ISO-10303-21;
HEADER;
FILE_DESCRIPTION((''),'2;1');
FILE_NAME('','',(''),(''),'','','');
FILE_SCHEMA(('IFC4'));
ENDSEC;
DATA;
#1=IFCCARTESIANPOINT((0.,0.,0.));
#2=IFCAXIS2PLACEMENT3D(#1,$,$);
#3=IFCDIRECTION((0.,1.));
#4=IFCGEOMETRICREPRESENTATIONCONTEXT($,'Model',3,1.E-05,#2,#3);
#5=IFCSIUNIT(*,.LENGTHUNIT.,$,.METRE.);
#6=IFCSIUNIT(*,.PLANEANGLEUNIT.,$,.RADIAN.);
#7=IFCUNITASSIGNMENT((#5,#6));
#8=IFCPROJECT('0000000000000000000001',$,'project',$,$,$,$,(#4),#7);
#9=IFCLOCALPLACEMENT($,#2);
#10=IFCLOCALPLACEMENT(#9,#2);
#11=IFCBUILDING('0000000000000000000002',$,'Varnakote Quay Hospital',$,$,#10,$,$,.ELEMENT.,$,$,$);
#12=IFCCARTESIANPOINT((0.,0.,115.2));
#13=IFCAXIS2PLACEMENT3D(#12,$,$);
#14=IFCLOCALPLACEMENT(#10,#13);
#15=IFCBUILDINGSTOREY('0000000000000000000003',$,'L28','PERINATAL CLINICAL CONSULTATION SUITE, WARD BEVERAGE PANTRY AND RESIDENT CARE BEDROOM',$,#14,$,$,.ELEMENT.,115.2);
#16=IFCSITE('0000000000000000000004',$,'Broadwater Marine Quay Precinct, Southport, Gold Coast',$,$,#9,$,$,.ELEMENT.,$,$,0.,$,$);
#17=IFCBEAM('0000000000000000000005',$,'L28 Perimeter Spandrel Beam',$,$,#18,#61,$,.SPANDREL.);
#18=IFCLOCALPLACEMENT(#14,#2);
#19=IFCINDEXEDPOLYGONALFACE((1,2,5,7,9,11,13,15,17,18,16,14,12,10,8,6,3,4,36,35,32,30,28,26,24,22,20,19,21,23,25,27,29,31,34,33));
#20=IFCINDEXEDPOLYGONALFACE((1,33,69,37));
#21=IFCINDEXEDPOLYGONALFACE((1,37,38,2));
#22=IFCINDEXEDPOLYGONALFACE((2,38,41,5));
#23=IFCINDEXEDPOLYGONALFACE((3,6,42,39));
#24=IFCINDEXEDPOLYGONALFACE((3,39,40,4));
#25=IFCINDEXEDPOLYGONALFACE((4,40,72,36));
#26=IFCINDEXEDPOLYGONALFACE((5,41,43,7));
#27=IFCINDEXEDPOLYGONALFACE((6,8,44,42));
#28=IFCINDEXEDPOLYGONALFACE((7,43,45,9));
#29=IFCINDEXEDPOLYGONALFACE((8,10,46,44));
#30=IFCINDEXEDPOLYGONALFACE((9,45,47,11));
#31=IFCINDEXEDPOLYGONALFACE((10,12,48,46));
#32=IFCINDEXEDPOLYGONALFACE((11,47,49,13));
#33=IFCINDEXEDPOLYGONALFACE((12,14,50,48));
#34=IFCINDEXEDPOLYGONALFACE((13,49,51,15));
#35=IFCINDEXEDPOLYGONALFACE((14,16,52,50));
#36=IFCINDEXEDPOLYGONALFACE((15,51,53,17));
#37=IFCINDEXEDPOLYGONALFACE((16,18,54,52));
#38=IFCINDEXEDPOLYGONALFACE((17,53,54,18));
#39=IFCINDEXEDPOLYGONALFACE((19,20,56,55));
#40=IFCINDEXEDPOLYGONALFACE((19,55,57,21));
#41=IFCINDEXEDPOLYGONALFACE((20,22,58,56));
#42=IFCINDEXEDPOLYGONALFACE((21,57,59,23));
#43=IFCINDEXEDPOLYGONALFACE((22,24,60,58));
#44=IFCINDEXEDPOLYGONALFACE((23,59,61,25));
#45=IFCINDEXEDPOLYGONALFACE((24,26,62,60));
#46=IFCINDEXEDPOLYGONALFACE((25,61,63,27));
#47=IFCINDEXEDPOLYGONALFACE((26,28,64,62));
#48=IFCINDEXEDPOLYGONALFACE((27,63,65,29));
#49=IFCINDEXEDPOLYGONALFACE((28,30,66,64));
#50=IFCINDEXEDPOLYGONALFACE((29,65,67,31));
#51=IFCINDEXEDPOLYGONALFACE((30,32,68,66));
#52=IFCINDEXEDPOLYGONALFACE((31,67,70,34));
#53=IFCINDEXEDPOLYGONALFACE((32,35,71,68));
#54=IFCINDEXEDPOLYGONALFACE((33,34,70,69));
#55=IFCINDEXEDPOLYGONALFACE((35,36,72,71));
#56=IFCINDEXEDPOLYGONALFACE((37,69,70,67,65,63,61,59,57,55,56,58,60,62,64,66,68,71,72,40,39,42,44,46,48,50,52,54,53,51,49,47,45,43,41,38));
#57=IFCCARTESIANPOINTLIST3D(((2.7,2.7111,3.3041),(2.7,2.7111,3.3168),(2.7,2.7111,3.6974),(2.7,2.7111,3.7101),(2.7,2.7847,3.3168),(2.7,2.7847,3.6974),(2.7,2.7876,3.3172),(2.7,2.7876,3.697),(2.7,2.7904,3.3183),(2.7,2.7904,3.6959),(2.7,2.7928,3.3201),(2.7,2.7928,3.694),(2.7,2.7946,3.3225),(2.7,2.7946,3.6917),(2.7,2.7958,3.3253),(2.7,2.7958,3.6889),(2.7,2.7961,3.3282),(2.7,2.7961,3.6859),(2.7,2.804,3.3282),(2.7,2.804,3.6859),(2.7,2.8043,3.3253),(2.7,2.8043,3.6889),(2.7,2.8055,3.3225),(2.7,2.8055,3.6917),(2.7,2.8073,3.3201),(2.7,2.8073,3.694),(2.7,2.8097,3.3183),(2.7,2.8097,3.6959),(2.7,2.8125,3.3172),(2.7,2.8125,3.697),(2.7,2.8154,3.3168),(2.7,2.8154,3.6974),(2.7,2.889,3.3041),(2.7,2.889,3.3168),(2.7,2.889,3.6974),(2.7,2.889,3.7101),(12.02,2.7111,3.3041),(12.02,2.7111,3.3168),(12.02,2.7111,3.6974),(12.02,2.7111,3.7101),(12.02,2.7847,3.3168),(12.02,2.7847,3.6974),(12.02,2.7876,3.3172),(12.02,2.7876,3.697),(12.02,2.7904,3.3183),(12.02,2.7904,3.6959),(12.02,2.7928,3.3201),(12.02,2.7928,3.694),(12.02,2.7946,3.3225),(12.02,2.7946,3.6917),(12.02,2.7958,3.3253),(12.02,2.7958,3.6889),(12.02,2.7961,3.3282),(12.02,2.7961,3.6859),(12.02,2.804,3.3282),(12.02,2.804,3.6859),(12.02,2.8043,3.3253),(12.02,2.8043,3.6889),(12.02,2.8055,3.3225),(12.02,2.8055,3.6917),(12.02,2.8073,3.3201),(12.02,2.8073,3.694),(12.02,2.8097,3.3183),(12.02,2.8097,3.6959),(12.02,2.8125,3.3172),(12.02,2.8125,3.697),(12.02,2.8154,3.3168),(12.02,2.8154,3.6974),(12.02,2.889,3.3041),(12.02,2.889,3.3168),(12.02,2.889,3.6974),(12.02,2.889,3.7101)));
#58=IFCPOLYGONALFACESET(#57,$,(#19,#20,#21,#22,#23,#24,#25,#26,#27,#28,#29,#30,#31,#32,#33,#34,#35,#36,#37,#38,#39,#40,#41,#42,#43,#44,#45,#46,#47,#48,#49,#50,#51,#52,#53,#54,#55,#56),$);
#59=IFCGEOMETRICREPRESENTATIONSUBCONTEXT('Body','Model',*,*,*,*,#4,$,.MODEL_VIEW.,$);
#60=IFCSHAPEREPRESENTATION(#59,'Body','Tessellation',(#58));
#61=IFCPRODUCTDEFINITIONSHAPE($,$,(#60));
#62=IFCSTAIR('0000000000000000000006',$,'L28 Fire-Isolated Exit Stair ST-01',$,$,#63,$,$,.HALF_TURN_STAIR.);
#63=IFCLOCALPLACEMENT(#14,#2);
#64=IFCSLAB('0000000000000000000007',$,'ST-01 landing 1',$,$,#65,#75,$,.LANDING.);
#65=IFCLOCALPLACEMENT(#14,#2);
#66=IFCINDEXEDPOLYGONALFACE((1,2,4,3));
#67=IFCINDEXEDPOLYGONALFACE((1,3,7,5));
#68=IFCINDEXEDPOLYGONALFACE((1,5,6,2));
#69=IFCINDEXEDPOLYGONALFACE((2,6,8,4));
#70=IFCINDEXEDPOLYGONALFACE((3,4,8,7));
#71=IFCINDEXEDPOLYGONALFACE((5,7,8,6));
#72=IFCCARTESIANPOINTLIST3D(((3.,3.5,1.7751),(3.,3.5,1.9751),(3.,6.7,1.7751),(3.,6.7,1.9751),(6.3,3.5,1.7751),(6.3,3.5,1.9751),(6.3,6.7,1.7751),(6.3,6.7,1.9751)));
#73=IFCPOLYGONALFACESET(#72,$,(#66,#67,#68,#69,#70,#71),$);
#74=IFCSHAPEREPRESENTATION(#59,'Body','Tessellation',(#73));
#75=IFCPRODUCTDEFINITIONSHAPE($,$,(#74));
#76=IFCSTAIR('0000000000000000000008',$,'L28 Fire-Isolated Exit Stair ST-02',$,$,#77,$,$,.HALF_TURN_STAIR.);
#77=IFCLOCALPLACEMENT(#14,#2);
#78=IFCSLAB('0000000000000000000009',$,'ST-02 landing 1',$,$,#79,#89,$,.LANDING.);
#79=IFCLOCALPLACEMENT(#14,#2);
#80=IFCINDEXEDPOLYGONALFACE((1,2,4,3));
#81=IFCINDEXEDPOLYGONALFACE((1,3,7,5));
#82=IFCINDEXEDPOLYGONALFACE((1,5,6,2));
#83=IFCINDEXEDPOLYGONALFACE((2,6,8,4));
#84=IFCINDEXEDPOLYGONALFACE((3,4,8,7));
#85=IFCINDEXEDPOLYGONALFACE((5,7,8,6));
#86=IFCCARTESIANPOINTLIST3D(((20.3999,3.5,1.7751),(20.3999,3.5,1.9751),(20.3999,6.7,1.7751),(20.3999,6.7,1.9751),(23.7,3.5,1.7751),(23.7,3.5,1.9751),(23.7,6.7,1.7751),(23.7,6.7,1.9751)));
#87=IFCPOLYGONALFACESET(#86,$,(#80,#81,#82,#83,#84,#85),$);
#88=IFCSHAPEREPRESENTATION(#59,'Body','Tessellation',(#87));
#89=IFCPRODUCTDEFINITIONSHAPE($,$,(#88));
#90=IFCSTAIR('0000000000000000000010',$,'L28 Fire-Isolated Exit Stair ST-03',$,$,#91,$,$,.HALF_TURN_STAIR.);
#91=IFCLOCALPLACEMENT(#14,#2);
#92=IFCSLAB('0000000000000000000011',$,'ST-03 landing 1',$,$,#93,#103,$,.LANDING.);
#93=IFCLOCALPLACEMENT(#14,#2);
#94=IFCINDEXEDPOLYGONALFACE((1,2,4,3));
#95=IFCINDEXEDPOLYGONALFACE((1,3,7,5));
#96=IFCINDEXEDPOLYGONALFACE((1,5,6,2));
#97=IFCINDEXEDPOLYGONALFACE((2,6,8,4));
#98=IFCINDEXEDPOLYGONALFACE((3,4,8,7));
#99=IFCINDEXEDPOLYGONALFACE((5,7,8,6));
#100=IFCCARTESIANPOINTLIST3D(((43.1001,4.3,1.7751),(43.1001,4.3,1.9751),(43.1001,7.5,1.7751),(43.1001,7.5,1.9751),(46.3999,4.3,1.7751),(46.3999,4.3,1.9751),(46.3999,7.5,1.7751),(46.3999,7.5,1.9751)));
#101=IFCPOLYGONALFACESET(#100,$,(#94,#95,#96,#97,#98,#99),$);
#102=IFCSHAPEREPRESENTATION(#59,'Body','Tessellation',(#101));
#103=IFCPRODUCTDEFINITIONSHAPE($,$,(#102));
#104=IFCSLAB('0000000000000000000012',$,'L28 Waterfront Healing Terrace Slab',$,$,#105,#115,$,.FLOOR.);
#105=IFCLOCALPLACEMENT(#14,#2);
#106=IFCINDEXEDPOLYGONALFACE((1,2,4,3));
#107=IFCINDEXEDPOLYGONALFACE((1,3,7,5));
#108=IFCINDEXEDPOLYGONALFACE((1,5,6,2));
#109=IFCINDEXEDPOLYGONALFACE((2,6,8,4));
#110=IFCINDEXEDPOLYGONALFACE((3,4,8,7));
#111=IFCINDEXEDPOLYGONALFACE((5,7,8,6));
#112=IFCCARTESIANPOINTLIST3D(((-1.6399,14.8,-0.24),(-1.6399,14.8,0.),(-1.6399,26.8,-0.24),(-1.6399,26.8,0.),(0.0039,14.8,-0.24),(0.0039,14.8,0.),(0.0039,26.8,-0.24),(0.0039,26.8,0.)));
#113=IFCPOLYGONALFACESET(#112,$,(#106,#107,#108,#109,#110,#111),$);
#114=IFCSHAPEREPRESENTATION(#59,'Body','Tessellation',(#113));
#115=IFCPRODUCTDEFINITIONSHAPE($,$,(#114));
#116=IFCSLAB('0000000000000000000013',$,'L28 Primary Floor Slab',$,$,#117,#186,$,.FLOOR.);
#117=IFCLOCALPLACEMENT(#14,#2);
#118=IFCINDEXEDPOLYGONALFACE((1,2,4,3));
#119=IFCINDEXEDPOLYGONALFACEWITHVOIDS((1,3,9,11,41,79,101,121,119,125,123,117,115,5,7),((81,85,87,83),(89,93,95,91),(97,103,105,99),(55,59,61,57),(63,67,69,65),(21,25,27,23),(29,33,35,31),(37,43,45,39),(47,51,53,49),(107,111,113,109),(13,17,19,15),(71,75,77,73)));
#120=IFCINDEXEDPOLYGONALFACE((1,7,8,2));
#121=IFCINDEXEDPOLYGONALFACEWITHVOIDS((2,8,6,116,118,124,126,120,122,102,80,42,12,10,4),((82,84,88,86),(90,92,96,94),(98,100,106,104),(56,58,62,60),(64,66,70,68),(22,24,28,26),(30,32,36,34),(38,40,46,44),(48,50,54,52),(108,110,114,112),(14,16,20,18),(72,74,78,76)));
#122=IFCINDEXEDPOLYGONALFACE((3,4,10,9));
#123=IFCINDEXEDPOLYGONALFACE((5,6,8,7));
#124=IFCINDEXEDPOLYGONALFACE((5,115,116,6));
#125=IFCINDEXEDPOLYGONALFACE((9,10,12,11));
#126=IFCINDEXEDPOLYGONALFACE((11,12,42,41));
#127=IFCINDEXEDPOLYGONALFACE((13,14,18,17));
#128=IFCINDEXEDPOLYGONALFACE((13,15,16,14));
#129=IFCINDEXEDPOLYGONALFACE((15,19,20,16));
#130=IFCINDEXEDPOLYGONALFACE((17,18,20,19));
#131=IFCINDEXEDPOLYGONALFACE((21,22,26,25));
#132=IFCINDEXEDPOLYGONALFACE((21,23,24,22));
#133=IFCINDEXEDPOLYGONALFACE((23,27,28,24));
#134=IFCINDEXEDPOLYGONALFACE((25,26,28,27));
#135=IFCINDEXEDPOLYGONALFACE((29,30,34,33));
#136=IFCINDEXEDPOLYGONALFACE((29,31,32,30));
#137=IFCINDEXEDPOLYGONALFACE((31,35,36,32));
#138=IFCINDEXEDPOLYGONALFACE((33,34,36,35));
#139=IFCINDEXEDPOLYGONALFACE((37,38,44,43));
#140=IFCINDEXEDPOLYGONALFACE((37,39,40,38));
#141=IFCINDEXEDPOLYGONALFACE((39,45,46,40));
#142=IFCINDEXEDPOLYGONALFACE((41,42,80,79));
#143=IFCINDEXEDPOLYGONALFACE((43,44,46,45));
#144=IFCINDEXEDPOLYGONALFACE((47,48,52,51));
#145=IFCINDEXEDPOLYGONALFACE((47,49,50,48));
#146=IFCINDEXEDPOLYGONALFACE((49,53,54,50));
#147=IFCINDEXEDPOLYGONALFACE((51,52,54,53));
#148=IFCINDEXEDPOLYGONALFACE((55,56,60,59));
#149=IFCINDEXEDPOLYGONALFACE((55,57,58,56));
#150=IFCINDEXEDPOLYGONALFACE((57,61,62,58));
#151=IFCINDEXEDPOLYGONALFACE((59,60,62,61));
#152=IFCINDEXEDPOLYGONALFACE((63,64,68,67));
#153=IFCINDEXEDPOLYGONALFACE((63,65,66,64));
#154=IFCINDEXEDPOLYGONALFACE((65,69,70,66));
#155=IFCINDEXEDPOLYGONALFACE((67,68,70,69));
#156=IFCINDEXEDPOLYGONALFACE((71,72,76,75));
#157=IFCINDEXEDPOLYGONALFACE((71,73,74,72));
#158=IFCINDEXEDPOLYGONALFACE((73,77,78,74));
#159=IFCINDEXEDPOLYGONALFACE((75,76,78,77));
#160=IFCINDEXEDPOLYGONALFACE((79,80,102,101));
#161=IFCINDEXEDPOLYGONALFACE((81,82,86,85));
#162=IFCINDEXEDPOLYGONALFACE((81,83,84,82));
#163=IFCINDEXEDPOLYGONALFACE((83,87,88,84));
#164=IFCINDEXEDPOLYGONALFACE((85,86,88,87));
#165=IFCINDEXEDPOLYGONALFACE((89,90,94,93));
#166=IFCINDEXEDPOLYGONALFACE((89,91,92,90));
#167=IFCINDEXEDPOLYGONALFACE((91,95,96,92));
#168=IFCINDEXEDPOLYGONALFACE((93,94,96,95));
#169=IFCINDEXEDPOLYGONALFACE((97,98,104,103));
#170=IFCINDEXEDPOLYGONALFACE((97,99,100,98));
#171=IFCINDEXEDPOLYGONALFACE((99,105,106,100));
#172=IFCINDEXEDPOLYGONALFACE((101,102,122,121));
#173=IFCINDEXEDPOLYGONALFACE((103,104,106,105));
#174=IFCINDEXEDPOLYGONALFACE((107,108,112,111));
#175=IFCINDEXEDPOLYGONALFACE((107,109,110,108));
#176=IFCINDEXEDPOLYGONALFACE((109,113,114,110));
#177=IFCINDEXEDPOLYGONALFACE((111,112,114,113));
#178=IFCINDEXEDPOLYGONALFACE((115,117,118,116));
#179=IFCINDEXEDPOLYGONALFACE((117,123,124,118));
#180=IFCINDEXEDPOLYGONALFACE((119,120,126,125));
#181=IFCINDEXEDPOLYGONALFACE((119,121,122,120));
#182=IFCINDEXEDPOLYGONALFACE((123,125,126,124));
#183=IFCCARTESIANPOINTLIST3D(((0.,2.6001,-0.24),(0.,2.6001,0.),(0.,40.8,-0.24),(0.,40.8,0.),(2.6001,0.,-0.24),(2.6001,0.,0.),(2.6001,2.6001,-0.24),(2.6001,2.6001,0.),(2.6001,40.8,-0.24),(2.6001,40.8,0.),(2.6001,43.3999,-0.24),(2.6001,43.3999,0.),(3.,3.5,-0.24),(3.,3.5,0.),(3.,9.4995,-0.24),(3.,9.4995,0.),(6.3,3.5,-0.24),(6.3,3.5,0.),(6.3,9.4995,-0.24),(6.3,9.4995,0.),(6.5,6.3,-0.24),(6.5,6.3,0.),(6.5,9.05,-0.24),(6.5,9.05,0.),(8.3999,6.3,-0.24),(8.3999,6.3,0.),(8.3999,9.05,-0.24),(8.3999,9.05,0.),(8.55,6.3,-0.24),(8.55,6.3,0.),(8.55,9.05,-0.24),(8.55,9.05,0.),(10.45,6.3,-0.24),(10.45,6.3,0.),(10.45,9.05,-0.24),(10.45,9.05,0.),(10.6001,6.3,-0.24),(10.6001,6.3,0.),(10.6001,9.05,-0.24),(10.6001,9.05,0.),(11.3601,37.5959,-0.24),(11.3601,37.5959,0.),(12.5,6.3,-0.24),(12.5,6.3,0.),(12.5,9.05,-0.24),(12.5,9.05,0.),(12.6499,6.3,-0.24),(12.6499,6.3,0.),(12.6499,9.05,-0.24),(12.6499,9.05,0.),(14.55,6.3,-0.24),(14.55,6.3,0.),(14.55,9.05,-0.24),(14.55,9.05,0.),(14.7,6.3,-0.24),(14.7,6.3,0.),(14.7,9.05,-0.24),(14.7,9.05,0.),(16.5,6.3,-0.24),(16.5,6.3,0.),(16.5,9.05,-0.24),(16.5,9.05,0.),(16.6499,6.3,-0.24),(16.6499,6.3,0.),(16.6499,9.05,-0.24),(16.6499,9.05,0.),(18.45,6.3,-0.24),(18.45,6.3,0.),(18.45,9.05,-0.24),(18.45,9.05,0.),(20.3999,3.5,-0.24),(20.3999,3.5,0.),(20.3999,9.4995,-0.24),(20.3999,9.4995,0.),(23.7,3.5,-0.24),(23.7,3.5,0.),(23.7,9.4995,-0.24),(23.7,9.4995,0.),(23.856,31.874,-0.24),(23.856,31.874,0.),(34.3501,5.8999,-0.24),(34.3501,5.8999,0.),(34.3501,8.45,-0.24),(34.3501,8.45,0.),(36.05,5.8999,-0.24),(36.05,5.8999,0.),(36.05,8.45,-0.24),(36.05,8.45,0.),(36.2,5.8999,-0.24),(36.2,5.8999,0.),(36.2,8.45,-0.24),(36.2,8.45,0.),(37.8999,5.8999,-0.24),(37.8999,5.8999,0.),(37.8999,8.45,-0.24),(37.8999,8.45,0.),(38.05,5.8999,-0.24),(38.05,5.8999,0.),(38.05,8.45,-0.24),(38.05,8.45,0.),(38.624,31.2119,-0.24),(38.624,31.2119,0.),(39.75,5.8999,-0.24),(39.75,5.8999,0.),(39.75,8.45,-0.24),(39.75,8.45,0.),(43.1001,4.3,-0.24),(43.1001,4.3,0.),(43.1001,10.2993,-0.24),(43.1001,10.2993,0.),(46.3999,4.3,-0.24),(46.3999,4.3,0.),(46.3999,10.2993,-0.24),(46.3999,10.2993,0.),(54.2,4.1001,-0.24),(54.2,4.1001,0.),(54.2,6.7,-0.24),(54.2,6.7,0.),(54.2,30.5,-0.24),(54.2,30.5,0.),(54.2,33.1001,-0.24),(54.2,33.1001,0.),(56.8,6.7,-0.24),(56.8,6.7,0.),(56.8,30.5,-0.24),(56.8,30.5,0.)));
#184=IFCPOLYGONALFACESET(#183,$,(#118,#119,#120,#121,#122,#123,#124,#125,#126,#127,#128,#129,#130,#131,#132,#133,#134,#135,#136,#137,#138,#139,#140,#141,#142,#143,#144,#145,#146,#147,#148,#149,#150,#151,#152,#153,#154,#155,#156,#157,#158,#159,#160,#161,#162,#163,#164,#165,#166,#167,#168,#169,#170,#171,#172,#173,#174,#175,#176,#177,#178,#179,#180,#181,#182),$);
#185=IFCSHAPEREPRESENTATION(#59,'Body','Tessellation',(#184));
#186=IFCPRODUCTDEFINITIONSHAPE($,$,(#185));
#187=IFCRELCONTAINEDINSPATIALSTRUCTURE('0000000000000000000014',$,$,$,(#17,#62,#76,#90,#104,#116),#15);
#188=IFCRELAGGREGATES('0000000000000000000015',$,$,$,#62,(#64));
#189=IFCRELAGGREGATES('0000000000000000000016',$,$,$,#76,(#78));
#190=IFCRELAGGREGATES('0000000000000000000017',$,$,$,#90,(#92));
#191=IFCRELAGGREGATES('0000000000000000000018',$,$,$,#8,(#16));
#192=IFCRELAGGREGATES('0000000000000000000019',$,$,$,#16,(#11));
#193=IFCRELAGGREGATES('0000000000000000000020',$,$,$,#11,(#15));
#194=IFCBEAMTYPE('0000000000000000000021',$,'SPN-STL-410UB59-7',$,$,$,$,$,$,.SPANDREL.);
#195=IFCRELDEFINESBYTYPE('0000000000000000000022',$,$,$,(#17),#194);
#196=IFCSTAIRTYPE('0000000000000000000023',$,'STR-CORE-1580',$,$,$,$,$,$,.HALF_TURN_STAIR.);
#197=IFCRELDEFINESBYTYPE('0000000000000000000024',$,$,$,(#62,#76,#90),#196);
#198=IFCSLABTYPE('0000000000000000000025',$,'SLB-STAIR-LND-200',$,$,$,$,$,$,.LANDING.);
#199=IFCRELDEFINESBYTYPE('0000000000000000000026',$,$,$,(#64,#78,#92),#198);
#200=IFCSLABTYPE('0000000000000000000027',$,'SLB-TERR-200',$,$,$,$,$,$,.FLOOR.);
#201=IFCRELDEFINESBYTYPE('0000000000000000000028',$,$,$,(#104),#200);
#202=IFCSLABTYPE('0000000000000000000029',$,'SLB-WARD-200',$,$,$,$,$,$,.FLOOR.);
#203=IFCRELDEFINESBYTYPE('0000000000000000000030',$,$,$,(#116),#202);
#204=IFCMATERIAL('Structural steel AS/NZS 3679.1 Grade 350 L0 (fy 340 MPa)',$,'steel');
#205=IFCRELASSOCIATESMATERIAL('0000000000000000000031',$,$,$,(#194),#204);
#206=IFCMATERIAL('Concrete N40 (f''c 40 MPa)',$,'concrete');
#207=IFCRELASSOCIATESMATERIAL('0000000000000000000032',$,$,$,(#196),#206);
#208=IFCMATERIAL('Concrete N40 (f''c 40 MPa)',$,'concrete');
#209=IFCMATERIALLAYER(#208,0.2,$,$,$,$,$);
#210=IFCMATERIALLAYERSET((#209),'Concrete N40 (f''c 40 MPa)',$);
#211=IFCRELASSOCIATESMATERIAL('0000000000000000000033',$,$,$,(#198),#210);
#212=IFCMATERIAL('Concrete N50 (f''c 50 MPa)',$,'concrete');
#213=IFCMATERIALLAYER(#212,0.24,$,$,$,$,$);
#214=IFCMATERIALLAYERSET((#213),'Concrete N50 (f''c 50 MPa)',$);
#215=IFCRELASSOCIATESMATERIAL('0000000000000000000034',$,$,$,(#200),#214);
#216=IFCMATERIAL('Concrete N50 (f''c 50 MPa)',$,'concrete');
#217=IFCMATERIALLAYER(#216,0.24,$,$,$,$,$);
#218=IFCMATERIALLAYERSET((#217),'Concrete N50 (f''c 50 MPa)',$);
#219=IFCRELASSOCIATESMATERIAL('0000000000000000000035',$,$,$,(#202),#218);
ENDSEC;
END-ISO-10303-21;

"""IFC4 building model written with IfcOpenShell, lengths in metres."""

from ifc_helpers import new_model, si_unit, direction, frame, origin, origin_2d, place, context, subcontext, project, spatial, polyline, i_section, outline, extrude, material, layer, layer_set, material_profile, profile_set, type_object, element, aggregate, save


model = new_model("IFC4")

# Units and contexts
model_context = context("Model", 3, precision=1e-05, world=origin(), true_north=direction((0.0, 1.0)))
body_context = subcontext(model_context, "Body", "Model", "MODEL_VIEW")
ifc_project = project(units=[si_unit("LENGTHUNIT", "METRE"), si_unit("PLANEANGLEUNIT", "RADIAN")], contexts=[model_context])

# Site, building, storey
site_placement = place(None, origin())
site = spatial("IfcSite", under=ifc_project, at=site_placement, Name="Broadwater Marine Quay Precinct, Southport, Gold Coast", CompositionType="ELEMENT", RefElevation=0.0)
building_placement = place(site_placement, origin())
building = spatial("IfcBuilding", under=site, at=building_placement, Name="Varnakote Quay Hospital", CompositionType="ELEMENT")
storey_placement = place(building_placement, frame((0.0, 0.0, 115.2)))
storey = spatial("IfcBuildingStorey", under=building, at=storey_placement, Name="L28", Description="PERINATAL CLINICAL CONSULTATION SUITE, WARD BEVERAGE PANTRY AND RESIDENT CARE BEDROOM", CompositionType="ELEMENT", Elevation=115.2)

# Beam
ifc_material_1 = material(Name="Structural steel AS/NZS 3679.1 Grade 350 L0 (fy 340 MPa)", Category="steel")
ifc_material_profile_1 = material_profile(ifc_material_1, i_section(OverallWidth=0.178, OverallDepth=0.406, WebThickness=0.0078, FlangeThickness=0.0127, FilletRadius=0.0115, at=origin_2d()), Name="410UB59.7")
ifc_profile_set_1 = profile_set([ifc_material_profile_1], Name="Structural steel AS/NZS 3679.1 Grade 350 L0 (fy 340 MPa)")
beam_type_1 = type_object("IfcBeamType", Name="SPN-STL-410UB59-7", PredefinedType="SPANDREL", material=ifc_profile_set_1)
beam_1_placement = place(storey_placement, frame((2.7, 2.8, 3.5071), z_axis=(1.0, 0.0, 0.0), x_axis=(0.0, 1.0, 0.0)))
element("IfcBeam", 1, at=beam_1_placement, inside=storey, type_object=beam_type_1, Name="L28 Perimeter Spandrel Beam", PredefinedType="SPANDREL", context=body_context, shape_type="SweptSolid", body=[
    extrude(i_section(OverallWidth=0.178, OverallDepth=0.406, WebThickness=0.0078, FlangeThickness=0.0127, FilletRadius=0.0115, at=origin_2d()), origin(), (0.0, 0.0, 1.0), 9.3201),
])

# Stairs, slabs
ifc_material_2 = material(Name="Concrete N40 (f'c 40 MPa)", Category="concrete")
stair_type = type_object("IfcStairType", Name="STR-CORE-1580", PredefinedType="HALF_TURN_STAIR", material=ifc_material_2)
stair_1_placement = place(storey_placement, origin())
stair_1 = element("IfcStair", 2, at=stair_1_placement, inside=storey, type_object=stair_type, Name="L28 Fire-Isolated Exit Stair ST-01", PredefinedType="HALF_TURN_STAIR")
ifc_material_3 = material(Name="Concrete N40 (f'c 40 MPa)", Category="concrete")
ifc_layer_1 = layer(ifc_material_3, 0.2)
ifc_layer_set_1 = layer_set([ifc_layer_1], Name="Concrete N40 (f'c 40 MPa)")
slab_type_1 = type_object("IfcSlabType", Name="SLB-STAIR-LND-200", PredefinedType="LANDING", material=ifc_layer_set_1)
slab_1_placement = place(storey_placement, frame((0.0, 0.0, 1.7751)))
slab_1 = element("IfcSlab", 3, at=slab_1_placement, type_object=slab_type_1, Name="ST-01 landing 1", PredefinedType="LANDING", context=body_context, shape_type="SweptSolid", body=[
    extrude(outline(polyline([(3.0, 6.7), (3.0, 3.5), (6.3, 3.5), (6.3, 6.7), (3.0, 6.7)])), origin(), (0.0, 0.0, 1.0), 0.2),
])
aggregate(stair_1, [slab_1])
stair_2_placement = place(storey_placement, origin())
stair_2 = element("IfcStair", 4, at=stair_2_placement, inside=storey, type_object=stair_type, Name="L28 Fire-Isolated Exit Stair ST-02", PredefinedType="HALF_TURN_STAIR")
slab_2_placement = place(storey_placement, frame((0.0, 0.0, 1.7751)))
slab_2 = element("IfcSlab", 5, at=slab_2_placement, type_object=slab_type_1, Name="ST-02 landing 1", PredefinedType="LANDING", context=body_context, shape_type="SweptSolid", body=[
    extrude(outline(polyline([(20.3999, 6.7), (20.3999, 3.5), (23.7, 3.5), (23.7, 6.7), (20.3999, 6.7)])), origin(), (0.0, 0.0, 1.0), 0.2),
])
aggregate(stair_2, [slab_2])
stair_3_placement = place(storey_placement, origin())
stair_3 = element("IfcStair", 6, at=stair_3_placement, inside=storey, type_object=stair_type, Name="L28 Fire-Isolated Exit Stair ST-03", PredefinedType="HALF_TURN_STAIR")
slab_3_placement = place(storey_placement, frame((0.0, 0.0, 1.7751)))
slab_3 = element("IfcSlab", 7, at=slab_3_placement, type_object=slab_type_1, Name="ST-03 landing 1", PredefinedType="LANDING", context=body_context, shape_type="SweptSolid", body=[
    extrude(outline(polyline([(43.1001, 7.5), (43.1001, 4.3), (46.3999, 4.3), (46.3999, 7.5), (43.1001, 7.5)])), origin(), (0.0, 0.0, 1.0), 0.2),
])
aggregate(stair_3, [slab_3])

# Slabs
ifc_material_4 = material(Name="Concrete N50 (f'c 50 MPa)", Category="concrete")
ifc_layer_2 = layer(ifc_material_4, 0.24)
ifc_layer_set_2 = layer_set([ifc_layer_2], Name="Concrete N50 (f'c 50 MPa)")
slab_type_2 = type_object("IfcSlabType", Name="SLB-TERR-200", PredefinedType="FLOOR", material=ifc_layer_set_2)
slab_4_placement = place(storey_placement, frame((0.0, 0.0, -0.24)))
element("IfcSlab", 8, at=slab_4_placement, inside=storey, type_object=slab_type_2, Name="L28 Waterfront Healing Terrace Slab", PredefinedType="FLOOR", context=body_context, shape_type="SweptSolid", body=[
    extrude(outline(polyline([(0.0039, 14.8), (0.0039, 26.8), (-1.6399, 26.8), (-1.6399, 14.8), (0.0039, 14.8)])), origin(), (0.0, 0.0, 1.0), 0.24),
])
ifc_material_5 = material(Name="Concrete N50 (f'c 50 MPa)", Category="concrete")
ifc_layer_3 = layer(ifc_material_5, 0.24)
ifc_layer_set_3 = layer_set([ifc_layer_3], Name="Concrete N50 (f'c 50 MPa)")
slab_type_3 = type_object("IfcSlabType", Name="SLB-WARD-200", PredefinedType="FLOOR", material=ifc_layer_set_3)
slab_5_placement = place(storey_placement, frame((0.0, 0.0, -0.24)))
element("IfcSlab", 9, at=slab_5_placement, inside=storey, type_object=slab_type_3, Name="L28 Primary Floor Slab", PredefinedType="FLOOR", context=body_context, shape_type="SweptSolid", body=[
    extrude(outline(polyline([(0.0, 2.6001), (2.6001, 2.6001), (2.6001, 0.0), (54.2, 4.1001), (54.2, 6.7), (56.8, 6.7), (56.8, 30.5), (54.2, 30.5), (54.2, 33.1001), (38.624, 31.2119), (23.856, 31.874), (11.3601, 37.5959), (2.6001, 43.3999), (2.6001, 40.8), (0.0, 40.8), (0.0, 2.6001)]), holes=[polyline([(3.0, 3.5), (6.3, 3.5), (6.3, 9.4995), (3.0, 9.4995), (3.0, 3.5)]), polyline([(20.3999, 3.5), (23.7, 3.5), (23.7, 9.4995), (20.3999, 9.4995), (20.3999, 3.5)]), polyline([(43.1001, 4.3), (46.3999, 4.3), (46.3999, 10.2993), (43.1001, 10.2993), (43.1001, 4.3)]), polyline([(6.5, 6.3), (8.3999, 6.3), (8.3999, 9.05), (6.5, 9.05), (6.5, 6.3)]), polyline([(8.55, 6.3), (10.45, 6.3), (10.45, 9.05), (8.55, 9.05), (8.55, 6.3)]), polyline([(10.6001, 6.3), (12.5, 6.3), (12.5, 9.05), (10.6001, 9.05), (10.6001, 6.3)]), polyline([(12.6499, 6.3), (14.55, 6.3), (14.55, 9.05), (12.6499, 9.05), (12.6499, 6.3)]), polyline([(14.7, 6.3), (16.5, 6.3), (16.5, 9.05), (14.7, 9.05), (14.7, 6.3)]), polyline([(16.6499, 6.3), (18.45, 6.3), (18.45, 9.05), (16.6499, 9.05), (16.6499, 6.3)]), polyline([(34.3501, 5.8999), (36.05, 5.8999), (36.05, 8.45), (34.3501, 8.45), (34.3501, 5.8999)]), polyline([(36.2, 5.8999), (37.8999, 5.8999), (37.8999, 8.45), (36.2, 8.45), (36.2, 5.8999)]), polyline([(38.05, 5.8999), (39.75, 5.8999), (39.75, 8.45), (38.05, 8.45), (38.05, 5.8999)])]), origin(), (0.0, 0.0, 1.0), 0.24),
])

save(model, "model.ifc")
